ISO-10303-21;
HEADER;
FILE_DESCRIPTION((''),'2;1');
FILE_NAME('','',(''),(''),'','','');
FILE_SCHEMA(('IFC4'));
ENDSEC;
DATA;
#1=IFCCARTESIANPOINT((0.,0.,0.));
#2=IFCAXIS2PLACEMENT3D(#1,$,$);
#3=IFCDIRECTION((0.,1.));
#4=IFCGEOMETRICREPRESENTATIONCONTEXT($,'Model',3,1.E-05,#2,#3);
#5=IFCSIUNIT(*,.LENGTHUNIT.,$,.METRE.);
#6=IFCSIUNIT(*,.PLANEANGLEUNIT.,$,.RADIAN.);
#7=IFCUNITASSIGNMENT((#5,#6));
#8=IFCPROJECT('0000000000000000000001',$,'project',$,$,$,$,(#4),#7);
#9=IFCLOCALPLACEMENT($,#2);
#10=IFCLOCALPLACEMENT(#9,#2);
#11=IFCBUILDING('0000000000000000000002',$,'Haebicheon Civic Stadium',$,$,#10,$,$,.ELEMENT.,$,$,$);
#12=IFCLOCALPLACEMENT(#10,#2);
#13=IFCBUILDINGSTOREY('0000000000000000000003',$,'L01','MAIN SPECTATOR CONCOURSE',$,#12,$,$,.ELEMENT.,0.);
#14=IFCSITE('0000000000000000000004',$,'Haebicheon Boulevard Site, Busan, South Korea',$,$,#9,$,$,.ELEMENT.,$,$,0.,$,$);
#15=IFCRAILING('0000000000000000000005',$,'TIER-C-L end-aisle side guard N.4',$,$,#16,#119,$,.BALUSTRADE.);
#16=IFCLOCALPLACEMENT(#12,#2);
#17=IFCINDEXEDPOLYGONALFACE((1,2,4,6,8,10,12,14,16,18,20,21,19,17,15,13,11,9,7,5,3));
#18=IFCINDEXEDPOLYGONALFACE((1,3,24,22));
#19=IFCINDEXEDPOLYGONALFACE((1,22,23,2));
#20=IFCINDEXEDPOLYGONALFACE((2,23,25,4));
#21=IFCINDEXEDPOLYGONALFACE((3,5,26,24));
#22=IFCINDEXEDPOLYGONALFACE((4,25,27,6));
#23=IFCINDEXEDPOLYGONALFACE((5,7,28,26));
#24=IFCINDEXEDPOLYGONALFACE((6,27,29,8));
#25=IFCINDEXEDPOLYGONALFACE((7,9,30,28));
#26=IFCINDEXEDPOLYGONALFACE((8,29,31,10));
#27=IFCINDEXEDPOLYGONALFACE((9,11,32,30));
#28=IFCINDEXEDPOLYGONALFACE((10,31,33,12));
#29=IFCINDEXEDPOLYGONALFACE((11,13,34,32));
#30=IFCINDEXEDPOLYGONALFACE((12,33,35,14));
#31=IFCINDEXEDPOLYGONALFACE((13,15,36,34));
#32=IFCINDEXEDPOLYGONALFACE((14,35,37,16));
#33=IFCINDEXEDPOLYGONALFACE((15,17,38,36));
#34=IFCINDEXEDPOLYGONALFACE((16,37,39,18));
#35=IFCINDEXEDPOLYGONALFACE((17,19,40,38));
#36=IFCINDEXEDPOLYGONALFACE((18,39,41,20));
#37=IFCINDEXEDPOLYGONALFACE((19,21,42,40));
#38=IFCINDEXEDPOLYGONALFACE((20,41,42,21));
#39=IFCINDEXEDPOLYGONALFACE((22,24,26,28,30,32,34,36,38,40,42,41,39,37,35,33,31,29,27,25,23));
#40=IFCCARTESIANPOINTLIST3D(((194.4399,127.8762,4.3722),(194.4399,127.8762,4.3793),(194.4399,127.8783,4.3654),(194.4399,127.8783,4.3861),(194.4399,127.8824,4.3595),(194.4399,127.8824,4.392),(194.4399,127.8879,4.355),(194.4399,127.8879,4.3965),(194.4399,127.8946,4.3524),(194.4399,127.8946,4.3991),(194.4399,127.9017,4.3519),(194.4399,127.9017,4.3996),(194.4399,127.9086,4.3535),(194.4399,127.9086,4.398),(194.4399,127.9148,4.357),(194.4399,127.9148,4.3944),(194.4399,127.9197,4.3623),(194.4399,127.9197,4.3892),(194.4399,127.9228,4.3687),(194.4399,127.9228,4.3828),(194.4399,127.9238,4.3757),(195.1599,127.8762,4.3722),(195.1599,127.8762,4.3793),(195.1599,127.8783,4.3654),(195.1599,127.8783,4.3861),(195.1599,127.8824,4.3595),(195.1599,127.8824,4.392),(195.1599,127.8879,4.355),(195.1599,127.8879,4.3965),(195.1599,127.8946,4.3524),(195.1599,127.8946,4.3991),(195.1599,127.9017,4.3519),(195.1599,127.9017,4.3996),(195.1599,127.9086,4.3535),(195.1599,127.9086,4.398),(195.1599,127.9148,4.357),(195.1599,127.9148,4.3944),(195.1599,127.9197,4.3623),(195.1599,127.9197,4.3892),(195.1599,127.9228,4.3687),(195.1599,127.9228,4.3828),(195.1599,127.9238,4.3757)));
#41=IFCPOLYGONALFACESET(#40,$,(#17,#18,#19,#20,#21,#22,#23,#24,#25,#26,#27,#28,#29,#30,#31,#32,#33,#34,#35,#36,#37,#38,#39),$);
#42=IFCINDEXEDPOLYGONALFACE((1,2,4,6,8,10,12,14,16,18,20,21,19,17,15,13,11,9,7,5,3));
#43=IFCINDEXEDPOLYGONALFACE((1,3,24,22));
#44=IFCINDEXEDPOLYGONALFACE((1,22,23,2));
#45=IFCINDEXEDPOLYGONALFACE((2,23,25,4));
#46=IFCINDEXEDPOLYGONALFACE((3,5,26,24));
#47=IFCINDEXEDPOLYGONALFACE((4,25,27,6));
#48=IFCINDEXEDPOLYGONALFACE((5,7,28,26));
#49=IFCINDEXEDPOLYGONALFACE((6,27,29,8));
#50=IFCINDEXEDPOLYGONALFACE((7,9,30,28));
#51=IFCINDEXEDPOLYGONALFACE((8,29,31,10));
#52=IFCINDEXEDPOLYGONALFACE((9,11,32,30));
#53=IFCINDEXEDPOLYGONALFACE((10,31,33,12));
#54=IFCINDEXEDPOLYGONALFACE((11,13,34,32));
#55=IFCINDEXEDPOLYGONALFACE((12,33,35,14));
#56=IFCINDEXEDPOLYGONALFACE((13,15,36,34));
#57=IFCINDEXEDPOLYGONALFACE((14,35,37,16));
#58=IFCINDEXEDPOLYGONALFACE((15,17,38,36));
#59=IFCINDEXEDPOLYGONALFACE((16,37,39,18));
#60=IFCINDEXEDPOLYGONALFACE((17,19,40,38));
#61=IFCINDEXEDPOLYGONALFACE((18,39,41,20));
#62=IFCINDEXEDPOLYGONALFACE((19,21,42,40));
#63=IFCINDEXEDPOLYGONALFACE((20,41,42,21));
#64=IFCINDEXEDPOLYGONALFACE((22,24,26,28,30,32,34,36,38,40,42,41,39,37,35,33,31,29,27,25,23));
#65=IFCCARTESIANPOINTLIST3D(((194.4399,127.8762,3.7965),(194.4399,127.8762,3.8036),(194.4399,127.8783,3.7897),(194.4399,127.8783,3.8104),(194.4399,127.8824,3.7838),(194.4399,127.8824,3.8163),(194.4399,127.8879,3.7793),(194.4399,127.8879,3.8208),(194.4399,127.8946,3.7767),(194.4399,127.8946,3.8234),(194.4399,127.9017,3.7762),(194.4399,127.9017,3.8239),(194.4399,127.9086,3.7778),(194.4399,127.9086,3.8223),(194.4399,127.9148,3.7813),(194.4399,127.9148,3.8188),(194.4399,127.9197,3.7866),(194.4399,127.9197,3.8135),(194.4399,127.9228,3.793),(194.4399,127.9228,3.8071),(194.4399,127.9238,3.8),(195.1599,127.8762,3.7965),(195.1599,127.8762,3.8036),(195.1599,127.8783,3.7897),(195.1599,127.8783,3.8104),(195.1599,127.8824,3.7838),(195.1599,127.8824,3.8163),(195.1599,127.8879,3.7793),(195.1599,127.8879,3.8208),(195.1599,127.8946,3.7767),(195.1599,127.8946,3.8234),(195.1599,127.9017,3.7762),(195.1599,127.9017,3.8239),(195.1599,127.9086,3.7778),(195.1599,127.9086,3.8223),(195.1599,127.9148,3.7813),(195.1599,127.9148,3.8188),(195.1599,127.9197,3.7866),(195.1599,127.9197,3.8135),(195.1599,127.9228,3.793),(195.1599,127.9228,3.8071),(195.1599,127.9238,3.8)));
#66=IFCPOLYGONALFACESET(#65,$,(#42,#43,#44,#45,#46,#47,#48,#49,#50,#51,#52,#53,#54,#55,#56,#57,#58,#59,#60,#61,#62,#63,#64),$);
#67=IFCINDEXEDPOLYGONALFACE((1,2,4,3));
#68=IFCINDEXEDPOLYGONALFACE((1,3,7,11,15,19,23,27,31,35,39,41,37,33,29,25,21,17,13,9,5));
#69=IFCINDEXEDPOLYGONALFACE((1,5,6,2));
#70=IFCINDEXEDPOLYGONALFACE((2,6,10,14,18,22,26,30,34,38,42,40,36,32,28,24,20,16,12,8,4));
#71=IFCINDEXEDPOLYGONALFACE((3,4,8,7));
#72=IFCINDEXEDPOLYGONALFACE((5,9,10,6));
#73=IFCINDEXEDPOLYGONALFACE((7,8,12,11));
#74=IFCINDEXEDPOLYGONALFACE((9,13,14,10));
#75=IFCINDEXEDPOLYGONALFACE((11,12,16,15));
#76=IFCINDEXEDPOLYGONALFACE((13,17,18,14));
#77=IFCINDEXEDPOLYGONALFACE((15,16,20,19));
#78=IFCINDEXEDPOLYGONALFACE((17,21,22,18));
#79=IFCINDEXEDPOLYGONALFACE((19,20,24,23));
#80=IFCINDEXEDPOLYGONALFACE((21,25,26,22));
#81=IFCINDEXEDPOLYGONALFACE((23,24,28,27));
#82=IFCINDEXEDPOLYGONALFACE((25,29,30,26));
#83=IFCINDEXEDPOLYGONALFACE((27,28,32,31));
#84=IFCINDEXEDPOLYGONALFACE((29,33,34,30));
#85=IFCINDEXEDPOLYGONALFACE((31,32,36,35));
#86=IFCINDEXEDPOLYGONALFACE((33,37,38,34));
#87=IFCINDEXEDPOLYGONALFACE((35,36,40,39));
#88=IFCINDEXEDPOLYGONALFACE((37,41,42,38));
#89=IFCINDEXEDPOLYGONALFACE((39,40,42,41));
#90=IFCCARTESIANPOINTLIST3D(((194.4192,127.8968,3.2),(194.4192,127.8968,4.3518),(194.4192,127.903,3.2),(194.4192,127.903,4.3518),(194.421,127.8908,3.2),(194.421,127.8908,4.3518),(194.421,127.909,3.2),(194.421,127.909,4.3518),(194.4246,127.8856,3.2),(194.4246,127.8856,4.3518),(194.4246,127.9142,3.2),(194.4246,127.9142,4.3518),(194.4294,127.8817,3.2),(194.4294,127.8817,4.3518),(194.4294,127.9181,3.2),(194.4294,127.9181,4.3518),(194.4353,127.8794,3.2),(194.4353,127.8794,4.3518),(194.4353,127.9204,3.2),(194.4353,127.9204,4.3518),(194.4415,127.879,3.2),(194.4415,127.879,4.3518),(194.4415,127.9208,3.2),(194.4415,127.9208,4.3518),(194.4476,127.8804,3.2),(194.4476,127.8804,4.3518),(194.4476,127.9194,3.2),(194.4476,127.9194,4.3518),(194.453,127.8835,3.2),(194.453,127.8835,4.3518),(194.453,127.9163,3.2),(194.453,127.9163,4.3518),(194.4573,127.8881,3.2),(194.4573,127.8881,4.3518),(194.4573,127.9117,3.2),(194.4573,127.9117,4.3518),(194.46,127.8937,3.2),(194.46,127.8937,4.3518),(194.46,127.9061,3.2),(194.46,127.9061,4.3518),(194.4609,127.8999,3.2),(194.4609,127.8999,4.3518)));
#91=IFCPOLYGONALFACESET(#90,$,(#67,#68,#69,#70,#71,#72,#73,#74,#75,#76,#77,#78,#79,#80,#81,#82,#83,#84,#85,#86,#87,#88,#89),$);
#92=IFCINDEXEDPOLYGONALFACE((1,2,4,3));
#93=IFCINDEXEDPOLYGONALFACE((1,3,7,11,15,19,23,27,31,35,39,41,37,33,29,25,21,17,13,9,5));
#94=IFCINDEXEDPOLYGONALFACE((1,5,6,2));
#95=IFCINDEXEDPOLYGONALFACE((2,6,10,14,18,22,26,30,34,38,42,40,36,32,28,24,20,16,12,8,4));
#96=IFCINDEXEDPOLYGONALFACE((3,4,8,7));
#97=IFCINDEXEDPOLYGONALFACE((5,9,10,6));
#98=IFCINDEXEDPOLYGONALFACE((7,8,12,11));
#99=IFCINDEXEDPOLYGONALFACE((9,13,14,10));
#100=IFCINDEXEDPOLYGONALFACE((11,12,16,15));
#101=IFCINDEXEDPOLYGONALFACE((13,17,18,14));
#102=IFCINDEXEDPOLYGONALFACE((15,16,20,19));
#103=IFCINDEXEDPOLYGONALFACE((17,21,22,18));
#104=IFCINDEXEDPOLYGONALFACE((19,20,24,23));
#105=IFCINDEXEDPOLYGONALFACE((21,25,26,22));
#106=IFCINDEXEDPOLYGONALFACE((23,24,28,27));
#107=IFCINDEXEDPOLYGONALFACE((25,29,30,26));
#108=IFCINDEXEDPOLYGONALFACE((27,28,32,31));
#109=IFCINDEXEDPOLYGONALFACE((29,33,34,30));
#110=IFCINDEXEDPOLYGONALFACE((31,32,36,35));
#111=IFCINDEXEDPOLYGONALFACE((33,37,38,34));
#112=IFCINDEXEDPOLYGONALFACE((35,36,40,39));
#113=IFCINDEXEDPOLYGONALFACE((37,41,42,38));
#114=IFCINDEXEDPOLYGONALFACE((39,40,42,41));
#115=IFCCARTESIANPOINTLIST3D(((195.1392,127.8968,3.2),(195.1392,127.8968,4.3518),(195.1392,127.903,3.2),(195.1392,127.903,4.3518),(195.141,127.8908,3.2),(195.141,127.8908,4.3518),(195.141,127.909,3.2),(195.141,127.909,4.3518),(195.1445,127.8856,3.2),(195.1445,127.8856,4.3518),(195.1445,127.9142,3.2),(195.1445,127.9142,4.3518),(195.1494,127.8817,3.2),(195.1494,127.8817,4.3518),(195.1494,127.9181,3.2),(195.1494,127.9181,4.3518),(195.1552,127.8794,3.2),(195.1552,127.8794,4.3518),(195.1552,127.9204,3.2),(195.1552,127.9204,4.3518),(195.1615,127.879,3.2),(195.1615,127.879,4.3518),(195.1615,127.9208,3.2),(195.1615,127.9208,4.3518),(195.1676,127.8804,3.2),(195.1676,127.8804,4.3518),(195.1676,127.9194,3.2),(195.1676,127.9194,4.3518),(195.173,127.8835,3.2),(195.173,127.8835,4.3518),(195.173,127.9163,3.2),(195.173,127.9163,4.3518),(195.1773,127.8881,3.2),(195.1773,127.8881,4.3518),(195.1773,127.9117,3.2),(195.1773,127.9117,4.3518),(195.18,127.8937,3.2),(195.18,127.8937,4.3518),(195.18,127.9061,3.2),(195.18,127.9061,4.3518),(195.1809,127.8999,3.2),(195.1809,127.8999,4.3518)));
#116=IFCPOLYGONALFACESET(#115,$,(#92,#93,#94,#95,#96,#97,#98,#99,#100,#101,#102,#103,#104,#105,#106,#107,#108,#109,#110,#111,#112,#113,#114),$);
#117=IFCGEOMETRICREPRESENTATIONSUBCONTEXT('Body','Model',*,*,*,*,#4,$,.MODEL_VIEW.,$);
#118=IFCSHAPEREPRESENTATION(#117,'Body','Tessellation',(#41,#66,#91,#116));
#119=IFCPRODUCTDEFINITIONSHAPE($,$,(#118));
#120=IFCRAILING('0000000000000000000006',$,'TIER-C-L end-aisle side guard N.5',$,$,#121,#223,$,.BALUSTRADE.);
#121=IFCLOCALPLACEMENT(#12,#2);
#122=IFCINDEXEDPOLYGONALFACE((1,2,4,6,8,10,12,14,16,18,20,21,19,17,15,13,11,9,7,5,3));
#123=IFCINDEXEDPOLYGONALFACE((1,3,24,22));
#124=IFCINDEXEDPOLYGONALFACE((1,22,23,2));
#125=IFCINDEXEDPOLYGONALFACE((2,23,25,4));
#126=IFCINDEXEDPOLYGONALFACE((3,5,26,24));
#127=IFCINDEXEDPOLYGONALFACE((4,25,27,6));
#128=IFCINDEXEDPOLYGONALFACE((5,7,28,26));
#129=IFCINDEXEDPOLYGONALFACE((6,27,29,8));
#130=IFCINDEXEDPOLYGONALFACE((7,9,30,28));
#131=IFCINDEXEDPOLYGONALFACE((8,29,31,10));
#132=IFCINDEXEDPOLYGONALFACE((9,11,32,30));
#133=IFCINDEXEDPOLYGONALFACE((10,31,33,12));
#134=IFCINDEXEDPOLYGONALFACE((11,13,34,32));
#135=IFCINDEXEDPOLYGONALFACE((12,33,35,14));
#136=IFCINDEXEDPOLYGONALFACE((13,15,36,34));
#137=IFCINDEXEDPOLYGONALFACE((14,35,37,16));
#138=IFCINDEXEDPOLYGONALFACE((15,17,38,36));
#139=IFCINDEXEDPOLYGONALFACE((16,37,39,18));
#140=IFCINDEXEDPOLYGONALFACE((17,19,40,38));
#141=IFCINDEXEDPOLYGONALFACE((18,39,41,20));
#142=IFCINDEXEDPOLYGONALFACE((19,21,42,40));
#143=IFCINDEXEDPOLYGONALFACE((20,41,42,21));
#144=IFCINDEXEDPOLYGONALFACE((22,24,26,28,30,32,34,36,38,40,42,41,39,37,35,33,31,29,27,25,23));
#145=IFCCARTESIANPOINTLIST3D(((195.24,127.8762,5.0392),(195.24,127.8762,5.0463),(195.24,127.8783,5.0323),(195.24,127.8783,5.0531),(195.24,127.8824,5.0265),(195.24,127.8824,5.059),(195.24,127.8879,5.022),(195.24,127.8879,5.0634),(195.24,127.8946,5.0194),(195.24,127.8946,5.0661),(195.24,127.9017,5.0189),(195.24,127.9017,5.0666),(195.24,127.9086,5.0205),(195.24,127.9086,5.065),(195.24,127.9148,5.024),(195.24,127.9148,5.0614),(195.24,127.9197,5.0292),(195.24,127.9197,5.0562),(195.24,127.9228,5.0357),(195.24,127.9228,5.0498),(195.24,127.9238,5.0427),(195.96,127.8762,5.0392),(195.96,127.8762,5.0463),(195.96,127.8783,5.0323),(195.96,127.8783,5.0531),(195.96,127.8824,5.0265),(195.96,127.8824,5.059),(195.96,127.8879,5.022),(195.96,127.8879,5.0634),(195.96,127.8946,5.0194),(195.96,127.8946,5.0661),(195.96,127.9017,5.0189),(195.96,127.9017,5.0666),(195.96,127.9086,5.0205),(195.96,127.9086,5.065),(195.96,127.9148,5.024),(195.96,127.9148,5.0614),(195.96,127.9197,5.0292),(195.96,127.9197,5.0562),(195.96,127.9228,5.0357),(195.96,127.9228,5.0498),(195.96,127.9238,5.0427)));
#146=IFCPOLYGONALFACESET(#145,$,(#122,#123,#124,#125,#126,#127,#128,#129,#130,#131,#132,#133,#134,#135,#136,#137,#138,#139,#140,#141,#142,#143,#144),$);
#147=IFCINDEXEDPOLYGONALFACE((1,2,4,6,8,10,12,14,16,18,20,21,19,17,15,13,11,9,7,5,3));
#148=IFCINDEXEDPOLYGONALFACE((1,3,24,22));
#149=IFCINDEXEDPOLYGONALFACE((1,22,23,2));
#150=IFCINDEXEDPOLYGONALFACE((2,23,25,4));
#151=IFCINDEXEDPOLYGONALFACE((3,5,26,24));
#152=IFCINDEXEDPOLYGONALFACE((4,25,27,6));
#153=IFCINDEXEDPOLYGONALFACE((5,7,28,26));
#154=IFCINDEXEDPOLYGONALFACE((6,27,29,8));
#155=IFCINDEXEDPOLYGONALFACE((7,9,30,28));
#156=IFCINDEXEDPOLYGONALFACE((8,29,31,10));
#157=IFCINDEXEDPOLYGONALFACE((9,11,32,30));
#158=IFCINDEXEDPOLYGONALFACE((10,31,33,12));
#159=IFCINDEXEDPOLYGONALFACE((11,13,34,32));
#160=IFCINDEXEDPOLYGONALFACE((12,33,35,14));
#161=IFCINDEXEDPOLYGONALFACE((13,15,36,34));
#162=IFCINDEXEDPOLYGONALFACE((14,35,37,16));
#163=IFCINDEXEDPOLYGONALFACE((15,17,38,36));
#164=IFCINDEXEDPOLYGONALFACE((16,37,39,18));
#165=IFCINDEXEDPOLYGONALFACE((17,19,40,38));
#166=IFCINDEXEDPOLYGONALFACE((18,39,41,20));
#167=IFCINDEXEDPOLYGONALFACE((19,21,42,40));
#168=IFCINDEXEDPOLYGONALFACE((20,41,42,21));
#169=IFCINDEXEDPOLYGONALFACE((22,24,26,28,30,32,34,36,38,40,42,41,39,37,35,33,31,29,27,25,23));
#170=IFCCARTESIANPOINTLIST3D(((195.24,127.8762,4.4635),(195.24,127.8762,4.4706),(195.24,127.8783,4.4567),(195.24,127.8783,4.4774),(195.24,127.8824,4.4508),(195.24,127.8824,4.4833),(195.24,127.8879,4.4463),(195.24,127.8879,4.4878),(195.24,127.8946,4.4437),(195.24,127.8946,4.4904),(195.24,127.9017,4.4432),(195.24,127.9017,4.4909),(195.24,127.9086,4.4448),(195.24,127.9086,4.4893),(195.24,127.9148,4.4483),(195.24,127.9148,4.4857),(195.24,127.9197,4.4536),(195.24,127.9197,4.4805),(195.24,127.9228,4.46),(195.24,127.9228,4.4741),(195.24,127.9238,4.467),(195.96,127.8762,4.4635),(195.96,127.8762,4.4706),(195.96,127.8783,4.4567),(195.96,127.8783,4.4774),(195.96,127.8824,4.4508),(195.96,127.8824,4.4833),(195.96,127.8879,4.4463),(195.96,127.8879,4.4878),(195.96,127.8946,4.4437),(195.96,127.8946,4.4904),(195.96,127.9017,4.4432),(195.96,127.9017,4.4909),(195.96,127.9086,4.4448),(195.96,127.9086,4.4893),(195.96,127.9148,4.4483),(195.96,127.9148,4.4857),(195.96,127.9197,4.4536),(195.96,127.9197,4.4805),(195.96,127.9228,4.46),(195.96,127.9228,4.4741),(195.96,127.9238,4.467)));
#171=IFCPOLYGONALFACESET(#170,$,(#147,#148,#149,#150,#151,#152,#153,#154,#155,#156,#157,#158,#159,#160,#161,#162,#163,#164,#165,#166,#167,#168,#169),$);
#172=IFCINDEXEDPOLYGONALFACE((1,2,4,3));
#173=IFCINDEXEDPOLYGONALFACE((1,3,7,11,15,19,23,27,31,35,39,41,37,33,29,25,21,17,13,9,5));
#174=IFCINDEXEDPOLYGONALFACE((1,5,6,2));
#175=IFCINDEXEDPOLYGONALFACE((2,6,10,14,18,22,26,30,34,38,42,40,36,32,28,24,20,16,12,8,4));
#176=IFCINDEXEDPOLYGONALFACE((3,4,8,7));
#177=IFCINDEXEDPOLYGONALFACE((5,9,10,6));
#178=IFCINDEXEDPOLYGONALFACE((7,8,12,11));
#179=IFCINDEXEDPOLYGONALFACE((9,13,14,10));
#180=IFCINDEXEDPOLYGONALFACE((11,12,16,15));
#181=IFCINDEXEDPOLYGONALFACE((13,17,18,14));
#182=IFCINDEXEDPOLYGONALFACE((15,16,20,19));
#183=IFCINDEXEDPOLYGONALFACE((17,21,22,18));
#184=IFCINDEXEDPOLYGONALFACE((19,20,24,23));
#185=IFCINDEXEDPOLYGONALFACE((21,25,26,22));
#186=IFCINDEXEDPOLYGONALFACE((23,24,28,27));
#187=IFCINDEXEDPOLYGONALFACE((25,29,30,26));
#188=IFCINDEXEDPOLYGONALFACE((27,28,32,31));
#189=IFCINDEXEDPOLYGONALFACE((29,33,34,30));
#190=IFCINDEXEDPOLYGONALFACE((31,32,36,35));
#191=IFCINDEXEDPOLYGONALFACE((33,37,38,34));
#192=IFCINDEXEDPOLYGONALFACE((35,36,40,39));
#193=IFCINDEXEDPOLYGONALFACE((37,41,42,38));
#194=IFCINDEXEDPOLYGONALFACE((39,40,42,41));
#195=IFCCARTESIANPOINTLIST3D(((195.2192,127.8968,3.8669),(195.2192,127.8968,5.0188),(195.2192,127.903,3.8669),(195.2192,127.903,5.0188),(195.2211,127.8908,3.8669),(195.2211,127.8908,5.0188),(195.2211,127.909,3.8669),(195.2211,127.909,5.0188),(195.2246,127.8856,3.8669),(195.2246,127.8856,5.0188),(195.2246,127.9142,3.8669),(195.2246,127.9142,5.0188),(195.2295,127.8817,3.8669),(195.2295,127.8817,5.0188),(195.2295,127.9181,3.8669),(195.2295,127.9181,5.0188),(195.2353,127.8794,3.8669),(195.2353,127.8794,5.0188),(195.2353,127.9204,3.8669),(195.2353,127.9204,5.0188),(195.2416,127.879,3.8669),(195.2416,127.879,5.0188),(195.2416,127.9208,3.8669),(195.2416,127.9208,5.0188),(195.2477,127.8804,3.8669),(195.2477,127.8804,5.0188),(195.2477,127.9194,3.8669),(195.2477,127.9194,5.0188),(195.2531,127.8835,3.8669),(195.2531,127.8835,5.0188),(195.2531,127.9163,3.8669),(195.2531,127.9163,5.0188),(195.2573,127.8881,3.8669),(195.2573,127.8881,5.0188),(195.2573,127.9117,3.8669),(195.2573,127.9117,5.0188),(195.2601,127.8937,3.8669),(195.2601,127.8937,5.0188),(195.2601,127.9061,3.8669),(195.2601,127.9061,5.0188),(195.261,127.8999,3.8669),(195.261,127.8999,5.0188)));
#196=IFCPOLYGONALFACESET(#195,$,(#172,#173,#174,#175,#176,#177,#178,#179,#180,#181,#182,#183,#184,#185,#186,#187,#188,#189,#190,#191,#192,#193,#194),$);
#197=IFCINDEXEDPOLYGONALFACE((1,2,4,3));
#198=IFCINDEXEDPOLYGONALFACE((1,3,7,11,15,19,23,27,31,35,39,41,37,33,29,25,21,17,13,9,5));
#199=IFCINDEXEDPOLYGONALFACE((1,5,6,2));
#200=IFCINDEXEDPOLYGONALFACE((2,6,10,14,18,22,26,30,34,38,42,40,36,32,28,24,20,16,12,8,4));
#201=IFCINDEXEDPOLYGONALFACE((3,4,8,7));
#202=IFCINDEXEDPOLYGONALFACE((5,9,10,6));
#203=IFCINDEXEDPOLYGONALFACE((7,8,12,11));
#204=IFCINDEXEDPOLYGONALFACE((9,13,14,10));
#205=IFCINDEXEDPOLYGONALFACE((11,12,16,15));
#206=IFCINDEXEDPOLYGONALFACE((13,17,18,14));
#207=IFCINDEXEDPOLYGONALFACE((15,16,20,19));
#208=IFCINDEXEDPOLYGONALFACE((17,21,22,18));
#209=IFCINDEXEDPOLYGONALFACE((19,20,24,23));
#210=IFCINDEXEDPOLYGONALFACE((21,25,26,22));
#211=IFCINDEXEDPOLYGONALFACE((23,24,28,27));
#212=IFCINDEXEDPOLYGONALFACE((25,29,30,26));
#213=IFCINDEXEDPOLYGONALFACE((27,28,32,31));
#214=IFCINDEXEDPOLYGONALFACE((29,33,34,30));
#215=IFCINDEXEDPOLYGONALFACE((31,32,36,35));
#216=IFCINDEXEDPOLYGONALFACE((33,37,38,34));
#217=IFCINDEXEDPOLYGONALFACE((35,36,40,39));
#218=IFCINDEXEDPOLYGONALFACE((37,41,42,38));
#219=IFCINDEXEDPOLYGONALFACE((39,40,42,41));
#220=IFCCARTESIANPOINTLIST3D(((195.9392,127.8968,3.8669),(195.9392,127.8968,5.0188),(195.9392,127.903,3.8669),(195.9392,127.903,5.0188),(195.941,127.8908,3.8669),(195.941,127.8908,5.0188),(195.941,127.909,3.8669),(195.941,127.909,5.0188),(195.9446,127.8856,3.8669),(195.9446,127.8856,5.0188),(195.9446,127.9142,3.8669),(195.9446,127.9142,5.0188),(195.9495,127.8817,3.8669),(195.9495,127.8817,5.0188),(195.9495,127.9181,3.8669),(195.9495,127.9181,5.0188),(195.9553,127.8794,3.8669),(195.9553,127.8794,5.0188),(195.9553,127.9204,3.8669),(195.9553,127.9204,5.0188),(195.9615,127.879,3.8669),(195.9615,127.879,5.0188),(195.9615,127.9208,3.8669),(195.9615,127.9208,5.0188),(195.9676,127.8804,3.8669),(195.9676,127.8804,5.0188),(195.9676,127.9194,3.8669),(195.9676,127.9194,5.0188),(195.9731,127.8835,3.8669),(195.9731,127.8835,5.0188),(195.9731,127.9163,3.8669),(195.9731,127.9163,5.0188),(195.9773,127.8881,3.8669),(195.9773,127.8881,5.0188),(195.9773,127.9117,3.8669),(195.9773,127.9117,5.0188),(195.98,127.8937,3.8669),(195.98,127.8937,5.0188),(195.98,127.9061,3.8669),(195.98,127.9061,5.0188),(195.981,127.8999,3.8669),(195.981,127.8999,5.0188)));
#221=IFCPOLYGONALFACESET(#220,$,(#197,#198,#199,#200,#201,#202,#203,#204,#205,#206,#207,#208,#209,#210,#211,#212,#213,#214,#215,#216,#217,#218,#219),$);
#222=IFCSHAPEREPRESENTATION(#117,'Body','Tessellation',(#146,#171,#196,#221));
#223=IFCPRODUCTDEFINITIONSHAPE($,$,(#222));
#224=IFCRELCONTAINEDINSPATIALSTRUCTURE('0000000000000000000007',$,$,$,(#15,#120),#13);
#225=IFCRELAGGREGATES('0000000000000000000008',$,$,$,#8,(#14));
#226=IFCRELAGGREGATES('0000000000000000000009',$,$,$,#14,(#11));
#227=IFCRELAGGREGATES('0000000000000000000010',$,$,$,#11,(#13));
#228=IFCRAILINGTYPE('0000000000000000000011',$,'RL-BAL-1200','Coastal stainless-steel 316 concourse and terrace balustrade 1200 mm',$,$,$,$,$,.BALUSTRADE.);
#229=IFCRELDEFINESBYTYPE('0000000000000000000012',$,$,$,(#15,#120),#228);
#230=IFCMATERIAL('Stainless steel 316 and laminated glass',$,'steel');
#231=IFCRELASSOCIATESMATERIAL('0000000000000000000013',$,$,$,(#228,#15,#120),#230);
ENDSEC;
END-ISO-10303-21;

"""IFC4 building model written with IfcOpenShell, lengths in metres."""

from ifc_helpers import new_model, si_unit, direction, frame, origin, origin_2d, place, context, subcontext, project, spatial, circle, extrude, material, type_object, element, save


model = new_model("IFC4")

# Units and contexts
model_context = context("Model", 3, precision=1e-05, world=origin(), true_north=direction((0.0, 1.0)))
body_context = subcontext(model_context, "Body", "Model", "MODEL_VIEW")
ifc_project = project(units=[si_unit("LENGTHUNIT", "METRE"), si_unit("PLANEANGLEUNIT", "RADIAN")], contexts=[model_context])

# Site, building, storey
site_placement = place(None, origin())
site = spatial("IfcSite", under=ifc_project, at=site_placement, Name="Haebicheon Boulevard Site, Busan, South Korea", CompositionType="ELEMENT", RefElevation=0.0)
building_placement = place(site_placement, origin())
building = spatial("IfcBuilding", under=site, at=building_placement, Name="Haebicheon Civic Stadium", CompositionType="ELEMENT")
storey_placement = place(building_placement, origin())
storey = spatial("IfcBuildingStorey", under=building, at=storey_placement, Name="L01", Description="MAIN SPECTATOR CONCOURSE", CompositionType="ELEMENT", Elevation=0.0)

# Railings
ifc_material_1 = material(Name="Stainless steel 316 and laminated glass", Category="steel")
railing_type = type_object("IfcRailingType", Name="RL-BAL-1200", Description="Coastal stainless-steel 316 concourse and terrace balustrade 1200 mm", PredefinedType="BALUSTRADE", material=ifc_material_1)
for number, where, name in (
    (1, (194.4399, 127.8999, 3.2), "TIER-C-L end-aisle side guard N.4"),
    (2, (195.24, 127.8999, 3.8669), "TIER-C-L end-aisle side guard N.5"),
):
    element("IfcRailing", number, at=place(storey_placement, frame(where)), inside=storey, type_object=railing_type, material=ifc_material_1, Name=name, PredefinedType="BALUSTRADE", context=body_context, shape_type="SweptSolid", body=[
        extrude(circle(Radius=0.0239, at=origin_2d()), frame((0.0, 0.0, 1.1758), z_axis=(1.0, 0.0, 0.0), x_axis=(0.0, 1.0, 0.0)), (0.0, 0.0, 1.0), 0.72),
        extrude(circle(Radius=0.0239, at=origin_2d()), frame((0.0, 0.0, 0.6001), z_axis=(1.0, 0.0, 0.0), x_axis=(0.0, 1.0, 0.0)), (0.0, 0.0, 1.0), 0.72),
        extrude(circle(Radius=0.021, at=origin_2d()), origin(), (0.0, 0.0, 1.0), 1.1519),
        extrude(circle(Radius=0.021, at=origin_2d()), frame((0.72, 0.0, 0.0)), (0.0, 0.0, 1.0), 1.1519),
    ])

save(model, "model.ifc")
